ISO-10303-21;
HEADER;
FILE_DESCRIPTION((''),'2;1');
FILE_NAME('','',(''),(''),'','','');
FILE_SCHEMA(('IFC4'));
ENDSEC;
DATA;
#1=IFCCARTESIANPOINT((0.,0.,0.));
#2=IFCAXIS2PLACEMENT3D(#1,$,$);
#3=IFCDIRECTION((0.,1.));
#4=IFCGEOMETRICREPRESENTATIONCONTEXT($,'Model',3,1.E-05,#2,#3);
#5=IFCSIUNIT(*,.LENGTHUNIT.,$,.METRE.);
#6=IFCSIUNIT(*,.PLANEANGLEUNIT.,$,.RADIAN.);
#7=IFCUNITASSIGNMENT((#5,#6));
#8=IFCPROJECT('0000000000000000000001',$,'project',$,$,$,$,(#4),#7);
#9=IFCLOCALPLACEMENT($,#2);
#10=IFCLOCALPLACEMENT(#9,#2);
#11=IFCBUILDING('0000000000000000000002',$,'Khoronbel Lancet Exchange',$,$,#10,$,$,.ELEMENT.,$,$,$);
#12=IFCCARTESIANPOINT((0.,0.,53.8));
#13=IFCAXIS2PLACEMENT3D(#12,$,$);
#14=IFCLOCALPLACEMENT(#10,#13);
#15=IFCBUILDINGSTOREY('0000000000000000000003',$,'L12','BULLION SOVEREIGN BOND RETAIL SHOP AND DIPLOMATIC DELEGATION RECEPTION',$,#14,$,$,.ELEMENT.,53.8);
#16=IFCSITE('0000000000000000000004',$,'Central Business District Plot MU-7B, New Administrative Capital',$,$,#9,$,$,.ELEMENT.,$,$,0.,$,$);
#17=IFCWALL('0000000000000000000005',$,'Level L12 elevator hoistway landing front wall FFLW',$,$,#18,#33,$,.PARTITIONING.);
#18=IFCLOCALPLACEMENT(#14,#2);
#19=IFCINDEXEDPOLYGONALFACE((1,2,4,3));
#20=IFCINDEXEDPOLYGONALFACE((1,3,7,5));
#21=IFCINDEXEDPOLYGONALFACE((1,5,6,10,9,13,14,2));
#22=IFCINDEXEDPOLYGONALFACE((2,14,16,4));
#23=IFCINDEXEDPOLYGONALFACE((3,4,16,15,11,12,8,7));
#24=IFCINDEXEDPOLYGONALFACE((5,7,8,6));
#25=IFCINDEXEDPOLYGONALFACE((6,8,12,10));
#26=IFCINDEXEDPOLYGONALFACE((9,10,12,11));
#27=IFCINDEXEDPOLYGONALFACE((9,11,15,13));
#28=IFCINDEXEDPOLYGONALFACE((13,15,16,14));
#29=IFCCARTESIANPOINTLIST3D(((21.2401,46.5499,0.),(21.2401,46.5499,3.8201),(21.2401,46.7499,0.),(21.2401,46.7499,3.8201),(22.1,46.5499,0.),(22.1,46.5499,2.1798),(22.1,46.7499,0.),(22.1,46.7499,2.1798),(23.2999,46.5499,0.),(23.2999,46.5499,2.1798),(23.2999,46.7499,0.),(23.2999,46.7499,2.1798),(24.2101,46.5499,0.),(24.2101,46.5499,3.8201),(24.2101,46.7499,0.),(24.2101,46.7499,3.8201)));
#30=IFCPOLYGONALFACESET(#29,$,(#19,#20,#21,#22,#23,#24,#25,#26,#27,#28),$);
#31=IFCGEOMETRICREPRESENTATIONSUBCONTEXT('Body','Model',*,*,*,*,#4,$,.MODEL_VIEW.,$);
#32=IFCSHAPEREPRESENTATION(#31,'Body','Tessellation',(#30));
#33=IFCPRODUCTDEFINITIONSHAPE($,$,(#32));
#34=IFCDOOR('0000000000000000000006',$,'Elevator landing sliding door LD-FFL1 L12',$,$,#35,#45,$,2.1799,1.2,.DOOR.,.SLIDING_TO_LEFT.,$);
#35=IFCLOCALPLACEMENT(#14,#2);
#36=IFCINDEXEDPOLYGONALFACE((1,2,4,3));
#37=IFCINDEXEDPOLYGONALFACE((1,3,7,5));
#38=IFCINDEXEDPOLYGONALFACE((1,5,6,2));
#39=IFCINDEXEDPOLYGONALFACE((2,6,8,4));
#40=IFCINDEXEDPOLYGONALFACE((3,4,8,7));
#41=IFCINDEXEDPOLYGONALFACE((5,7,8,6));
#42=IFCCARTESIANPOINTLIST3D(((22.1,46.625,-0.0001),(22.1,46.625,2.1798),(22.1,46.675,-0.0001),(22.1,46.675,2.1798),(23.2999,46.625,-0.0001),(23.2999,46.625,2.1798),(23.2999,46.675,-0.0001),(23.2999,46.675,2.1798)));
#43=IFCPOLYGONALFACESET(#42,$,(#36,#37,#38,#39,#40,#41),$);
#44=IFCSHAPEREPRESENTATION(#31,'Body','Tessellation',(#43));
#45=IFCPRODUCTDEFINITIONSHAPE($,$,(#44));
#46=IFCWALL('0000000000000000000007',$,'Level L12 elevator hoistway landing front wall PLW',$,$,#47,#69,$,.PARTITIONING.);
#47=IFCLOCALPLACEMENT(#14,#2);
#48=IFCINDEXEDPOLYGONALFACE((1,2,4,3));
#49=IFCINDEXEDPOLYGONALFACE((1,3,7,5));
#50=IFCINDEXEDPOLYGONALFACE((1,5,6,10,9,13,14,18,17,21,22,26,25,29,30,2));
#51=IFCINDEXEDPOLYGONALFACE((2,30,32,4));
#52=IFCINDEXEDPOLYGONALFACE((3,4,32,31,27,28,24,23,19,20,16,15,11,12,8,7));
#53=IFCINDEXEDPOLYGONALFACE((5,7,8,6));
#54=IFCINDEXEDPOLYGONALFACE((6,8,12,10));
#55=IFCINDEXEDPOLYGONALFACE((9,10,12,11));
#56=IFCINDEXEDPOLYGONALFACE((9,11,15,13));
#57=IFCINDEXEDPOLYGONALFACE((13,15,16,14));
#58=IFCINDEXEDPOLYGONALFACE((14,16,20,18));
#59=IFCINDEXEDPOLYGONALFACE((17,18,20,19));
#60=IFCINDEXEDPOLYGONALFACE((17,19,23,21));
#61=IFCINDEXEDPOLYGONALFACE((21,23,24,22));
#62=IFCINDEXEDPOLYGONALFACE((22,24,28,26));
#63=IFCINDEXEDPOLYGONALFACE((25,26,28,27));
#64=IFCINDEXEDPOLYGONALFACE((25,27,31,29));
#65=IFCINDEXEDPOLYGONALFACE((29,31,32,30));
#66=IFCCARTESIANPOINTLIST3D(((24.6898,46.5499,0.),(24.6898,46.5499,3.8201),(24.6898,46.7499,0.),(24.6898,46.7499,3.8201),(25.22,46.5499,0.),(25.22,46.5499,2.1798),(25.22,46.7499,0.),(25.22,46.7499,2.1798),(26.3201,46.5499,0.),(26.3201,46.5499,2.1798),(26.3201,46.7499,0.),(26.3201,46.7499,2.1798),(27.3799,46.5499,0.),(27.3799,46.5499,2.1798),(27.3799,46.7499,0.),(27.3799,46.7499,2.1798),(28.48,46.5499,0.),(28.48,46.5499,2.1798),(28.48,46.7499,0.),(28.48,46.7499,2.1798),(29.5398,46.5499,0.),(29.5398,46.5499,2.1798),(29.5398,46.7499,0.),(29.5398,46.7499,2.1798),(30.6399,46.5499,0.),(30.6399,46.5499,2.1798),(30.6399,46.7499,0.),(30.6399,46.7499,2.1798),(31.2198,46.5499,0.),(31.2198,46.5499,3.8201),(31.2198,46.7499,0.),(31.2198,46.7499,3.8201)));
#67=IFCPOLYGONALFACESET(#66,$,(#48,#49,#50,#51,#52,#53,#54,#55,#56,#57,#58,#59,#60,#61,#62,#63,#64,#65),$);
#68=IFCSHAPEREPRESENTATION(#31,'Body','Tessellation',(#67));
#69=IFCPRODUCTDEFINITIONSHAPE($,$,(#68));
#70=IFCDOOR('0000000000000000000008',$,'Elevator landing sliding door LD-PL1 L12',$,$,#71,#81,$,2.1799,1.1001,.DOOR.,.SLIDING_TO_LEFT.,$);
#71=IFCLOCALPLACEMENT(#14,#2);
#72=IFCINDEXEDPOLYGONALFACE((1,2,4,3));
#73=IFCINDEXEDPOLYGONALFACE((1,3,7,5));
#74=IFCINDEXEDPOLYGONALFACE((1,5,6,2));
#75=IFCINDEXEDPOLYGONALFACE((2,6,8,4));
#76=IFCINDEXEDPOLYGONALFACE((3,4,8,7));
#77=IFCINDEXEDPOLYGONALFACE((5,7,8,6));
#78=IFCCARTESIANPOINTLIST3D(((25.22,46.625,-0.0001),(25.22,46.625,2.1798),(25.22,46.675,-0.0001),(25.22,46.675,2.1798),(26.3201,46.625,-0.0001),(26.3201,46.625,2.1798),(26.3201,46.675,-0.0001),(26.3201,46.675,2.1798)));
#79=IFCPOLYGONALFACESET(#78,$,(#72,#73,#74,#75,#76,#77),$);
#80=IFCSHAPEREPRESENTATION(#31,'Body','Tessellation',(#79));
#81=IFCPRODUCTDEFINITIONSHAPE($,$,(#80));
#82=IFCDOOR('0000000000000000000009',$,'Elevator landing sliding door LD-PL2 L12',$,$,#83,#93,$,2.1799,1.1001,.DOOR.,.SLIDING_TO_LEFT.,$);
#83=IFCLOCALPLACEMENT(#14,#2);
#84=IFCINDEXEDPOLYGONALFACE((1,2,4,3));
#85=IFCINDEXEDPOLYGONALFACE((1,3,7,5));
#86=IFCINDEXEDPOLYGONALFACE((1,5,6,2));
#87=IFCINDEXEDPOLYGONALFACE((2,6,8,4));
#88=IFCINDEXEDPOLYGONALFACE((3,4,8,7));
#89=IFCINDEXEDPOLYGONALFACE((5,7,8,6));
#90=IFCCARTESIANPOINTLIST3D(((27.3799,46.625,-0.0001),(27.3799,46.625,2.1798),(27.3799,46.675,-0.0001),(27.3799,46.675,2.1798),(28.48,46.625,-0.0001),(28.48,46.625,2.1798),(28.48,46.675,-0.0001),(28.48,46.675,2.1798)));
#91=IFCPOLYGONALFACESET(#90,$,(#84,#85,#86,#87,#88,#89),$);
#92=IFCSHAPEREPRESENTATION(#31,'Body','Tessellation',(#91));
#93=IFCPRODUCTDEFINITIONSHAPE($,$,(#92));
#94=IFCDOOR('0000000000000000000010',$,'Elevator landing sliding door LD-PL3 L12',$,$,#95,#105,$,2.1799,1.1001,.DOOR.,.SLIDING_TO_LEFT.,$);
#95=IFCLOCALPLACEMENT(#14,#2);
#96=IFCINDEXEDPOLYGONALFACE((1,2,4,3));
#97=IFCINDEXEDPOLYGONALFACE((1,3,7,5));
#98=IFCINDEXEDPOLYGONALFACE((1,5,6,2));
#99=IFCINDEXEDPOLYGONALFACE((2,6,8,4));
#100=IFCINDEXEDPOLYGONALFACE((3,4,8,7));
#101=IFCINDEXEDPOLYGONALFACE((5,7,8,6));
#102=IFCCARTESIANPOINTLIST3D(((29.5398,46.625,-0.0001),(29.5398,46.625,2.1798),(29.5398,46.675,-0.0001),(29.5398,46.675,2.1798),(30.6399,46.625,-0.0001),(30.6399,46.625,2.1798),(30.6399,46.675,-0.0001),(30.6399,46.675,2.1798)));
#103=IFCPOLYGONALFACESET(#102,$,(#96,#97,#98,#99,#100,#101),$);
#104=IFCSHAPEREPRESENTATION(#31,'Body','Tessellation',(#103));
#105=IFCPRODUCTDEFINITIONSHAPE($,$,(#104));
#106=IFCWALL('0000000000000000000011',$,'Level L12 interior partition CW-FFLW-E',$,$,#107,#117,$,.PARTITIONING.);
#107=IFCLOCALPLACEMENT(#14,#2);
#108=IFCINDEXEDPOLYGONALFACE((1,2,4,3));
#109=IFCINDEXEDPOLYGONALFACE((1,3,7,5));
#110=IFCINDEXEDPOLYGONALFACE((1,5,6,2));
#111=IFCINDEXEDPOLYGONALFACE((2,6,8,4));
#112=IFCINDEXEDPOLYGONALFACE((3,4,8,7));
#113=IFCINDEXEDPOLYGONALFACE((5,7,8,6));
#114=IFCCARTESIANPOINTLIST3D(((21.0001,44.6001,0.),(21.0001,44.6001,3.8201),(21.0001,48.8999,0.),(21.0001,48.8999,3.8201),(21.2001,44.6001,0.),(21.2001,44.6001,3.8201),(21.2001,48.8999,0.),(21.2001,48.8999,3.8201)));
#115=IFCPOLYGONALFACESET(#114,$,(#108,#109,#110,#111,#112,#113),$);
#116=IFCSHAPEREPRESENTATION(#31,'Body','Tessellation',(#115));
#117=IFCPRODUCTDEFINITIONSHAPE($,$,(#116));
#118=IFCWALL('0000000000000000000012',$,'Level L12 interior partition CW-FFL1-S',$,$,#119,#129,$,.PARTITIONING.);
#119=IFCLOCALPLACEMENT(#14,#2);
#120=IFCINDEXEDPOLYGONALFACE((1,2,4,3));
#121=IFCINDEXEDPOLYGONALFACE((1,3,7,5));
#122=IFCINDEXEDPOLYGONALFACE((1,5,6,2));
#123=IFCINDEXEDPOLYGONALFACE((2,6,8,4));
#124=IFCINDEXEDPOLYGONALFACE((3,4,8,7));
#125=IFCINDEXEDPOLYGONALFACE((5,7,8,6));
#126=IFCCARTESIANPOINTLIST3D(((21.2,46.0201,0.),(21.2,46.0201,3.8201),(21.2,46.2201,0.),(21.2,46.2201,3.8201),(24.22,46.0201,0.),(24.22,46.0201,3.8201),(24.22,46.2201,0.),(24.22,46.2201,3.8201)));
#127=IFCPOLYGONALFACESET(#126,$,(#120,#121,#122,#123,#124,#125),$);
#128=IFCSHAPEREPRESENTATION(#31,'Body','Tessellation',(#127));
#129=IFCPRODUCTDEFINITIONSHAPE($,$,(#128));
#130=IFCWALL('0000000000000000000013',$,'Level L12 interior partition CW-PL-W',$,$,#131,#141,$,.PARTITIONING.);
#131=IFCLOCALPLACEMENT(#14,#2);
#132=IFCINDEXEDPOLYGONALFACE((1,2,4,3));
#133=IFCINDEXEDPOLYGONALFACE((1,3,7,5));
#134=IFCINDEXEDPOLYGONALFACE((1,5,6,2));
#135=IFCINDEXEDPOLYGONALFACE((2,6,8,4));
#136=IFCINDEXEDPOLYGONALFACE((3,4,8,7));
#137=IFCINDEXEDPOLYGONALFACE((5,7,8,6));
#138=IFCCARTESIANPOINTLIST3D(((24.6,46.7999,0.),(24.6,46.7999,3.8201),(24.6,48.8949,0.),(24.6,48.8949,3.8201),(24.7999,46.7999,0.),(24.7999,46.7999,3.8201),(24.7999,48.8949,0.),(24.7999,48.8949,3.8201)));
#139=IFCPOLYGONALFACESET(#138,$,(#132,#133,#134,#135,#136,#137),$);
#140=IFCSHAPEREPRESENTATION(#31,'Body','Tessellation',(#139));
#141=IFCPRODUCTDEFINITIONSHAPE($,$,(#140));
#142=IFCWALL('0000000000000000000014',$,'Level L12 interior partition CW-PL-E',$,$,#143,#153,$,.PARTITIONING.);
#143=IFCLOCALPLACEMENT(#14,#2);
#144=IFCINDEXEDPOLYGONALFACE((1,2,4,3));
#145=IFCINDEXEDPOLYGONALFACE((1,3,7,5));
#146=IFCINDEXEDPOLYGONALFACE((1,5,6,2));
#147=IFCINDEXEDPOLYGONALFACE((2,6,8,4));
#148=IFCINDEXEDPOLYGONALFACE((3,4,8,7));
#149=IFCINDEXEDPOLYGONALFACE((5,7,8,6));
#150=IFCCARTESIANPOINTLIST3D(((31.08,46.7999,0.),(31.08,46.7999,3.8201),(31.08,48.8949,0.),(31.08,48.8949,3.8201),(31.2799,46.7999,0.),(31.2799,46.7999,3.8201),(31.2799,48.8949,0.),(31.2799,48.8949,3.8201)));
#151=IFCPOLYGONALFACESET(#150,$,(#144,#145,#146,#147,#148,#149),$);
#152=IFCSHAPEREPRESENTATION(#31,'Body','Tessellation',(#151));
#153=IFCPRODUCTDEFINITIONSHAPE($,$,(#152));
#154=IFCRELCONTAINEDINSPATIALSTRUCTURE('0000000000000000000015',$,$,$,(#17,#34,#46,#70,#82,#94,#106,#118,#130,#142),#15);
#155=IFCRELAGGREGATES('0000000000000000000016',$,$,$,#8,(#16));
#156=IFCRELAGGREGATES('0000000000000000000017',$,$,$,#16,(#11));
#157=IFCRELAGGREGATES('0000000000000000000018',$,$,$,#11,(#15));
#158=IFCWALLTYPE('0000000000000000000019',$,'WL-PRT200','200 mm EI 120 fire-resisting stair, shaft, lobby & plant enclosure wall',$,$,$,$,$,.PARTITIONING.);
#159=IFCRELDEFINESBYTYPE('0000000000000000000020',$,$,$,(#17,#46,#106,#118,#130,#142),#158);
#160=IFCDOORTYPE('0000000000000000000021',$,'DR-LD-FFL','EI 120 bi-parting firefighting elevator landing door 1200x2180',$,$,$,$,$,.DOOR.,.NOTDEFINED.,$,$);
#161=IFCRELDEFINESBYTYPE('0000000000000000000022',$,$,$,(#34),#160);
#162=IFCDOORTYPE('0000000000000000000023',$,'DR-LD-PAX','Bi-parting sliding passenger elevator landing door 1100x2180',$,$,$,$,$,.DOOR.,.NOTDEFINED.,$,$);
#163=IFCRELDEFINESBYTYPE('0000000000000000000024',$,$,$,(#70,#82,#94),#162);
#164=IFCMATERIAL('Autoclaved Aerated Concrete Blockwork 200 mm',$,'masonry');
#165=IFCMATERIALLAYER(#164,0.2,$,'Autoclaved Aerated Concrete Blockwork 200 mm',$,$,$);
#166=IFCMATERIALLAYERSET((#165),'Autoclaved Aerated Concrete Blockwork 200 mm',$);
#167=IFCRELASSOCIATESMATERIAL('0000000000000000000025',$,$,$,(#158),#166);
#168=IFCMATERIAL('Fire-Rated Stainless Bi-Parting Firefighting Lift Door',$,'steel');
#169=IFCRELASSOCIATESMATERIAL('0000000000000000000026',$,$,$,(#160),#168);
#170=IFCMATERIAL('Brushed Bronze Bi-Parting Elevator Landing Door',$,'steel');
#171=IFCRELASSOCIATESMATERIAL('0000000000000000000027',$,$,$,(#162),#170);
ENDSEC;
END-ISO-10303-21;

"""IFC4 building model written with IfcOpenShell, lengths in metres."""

from ifc_helpers import new_model, si_unit, direction, frame, frame_2d, origin, place, context, subcontext, project, spatial, rectangle, extrude, material, layer, layer_set, type_object, element, fill, save


model = new_model("IFC4")

# Units and contexts
model_context = context("Model", 3, precision=1e-05, world=origin(), true_north=direction((0.0, 1.0)))
body_context = subcontext(model_context, "Body", "Model", "MODEL_VIEW")
ifc_project = project(units=[si_unit("LENGTHUNIT", "METRE"), si_unit("PLANEANGLEUNIT", "RADIAN")], contexts=[model_context])

# Site, building, storey
site_placement = place(None, origin())
site = spatial("IfcSite", under=ifc_project, at=site_placement, Name="Central Business District Plot MU-7B, New Administrative Capital", CompositionType="ELEMENT", RefElevation=0.0)
building_placement = place(site_placement, origin())
building = spatial("IfcBuilding", under=site, at=building_placement, Name="Khoronbel Lancet Exchange", CompositionType="ELEMENT")
storey_placement = place(building_placement, frame((0.0, 0.0, 53.8)))
storey = spatial("IfcBuildingStorey", under=building, at=storey_placement, Name="L12", Description="BULLION SOVEREIGN BOND RETAIL SHOP AND DIPLOMATIC DELEGATION RECEPTION", CompositionType="ELEMENT", Elevation=53.8)

# Wall, opening, door
ifc_material_1 = material(Name="Autoclaved Aerated Concrete Blockwork 200 mm", Category="masonry")
ifc_layer_1 = layer(ifc_material_1, 0.2, Name="Autoclaved Aerated Concrete Blockwork 200 mm")
ifc_layer_set_1 = layer_set([ifc_layer_1], Name="Autoclaved Aerated Concrete Blockwork 200 mm")
wall_type_1 = type_object("IfcWallType", Name="WL-PRT200", Description="200 mm EI 120 fire-resisting stair, shaft, lobby & plant enclosure wall", PredefinedType="PARTITIONING", material=ifc_layer_set_1)
wall_1_placement = place(storey_placement, frame((24.21, 46.6499, 0.0), z_axis=(0.0, 0.0, 1.0), x_axis=(-1.0, 0.0, 0.0)))
wall_1 = element("IfcWall", 1, at=wall_1_placement, inside=storey, type_object=wall_type_1, Name="Level L12 elevator hoistway landing front wall FFLW", PredefinedType="PARTITIONING", context=body_context, shape_type="SweptSolid", body=[
    extrude(rectangle(XDim=2.97, YDim=0.2, at=frame_2d((1.4849, 0.0))), origin(), (0.0, 0.0, 1.0), 3.8201),
])
opening_1_placement = place(wall_1_placement, frame((0.9099, 0.0, 0.0)))
opening_1 = element("IfcOpeningElement", 2, at=opening_1_placement, cuts=wall_1, PredefinedType="OPENING", context=body_context, shape_type="SweptSolid", body=[
    extrude(rectangle(XDim=1.2, YDim=2.1799, at=frame_2d((0.6001, 1.0898))), frame((0.0, 0.1099, 0.0), z_axis=(0.0, -1.0, 0.0), x_axis=(1.0, 0.0, 0.0)), (0.0, 0.0, 1.0), 0.22),
])
ifc_material_2 = material(Name="Fire-Rated Stainless Bi-Parting Firefighting Lift Door", Category="steel")
door_type_1 = type_object("IfcDoorType", Name="DR-LD-FFL", Description="EI 120 bi-parting firefighting elevator landing door 1200x2180", OperationType="NOTDEFINED", PredefinedType="DOOR", material=ifc_material_2)
door_1_placement = place(opening_1_placement, origin())
door_1 = element("IfcDoor", 3, at=door_1_placement, inside=storey, type_object=door_type_1, Name="Elevator landing sliding door LD-FFL1 L12", OperationType="SLIDING_TO_LEFT", OverallHeight=2.1799, OverallWidth=1.2, PredefinedType="DOOR", context=body_context, shape_type="SweptSolid", body=[
    extrude(rectangle(XDim=1.2, YDim=2.1799, at=frame_2d((0.6001, 1.0898))), frame((0.0, 0.0249, 0.0), z_axis=(0.0, -1.0, 0.0), x_axis=(1.0, 0.0, 0.0)), (0.0, 0.0, 1.0), 0.05),
])
fill(opening_1, door_1)

# Wall, openings, doors
wall_2_placement = place(storey_placement, frame((31.22, 46.6499, 0.0), z_axis=(0.0, 0.0, 1.0), x_axis=(-1.0, 0.0, 0.0)))
wall_2 = element("IfcWall", 4, at=wall_2_placement, inside=storey, type_object=wall_type_1, Name="Level L12 elevator hoistway landing front wall PLW", PredefinedType="PARTITIONING", context=body_context, shape_type="SweptSolid", body=[
    extrude(rectangle(XDim=6.53, YDim=0.2, at=frame_2d((3.2651, 0.0))), origin(), (0.0, 0.0, 1.0), 3.8201),
])
opening_2_placement = place(wall_2_placement, frame((4.8999, 0.0, 0.0)))
opening_2 = element("IfcOpeningElement", 5, at=opening_2_placement, cuts=wall_2, PredefinedType="OPENING", context=body_context, shape_type="SweptSolid", body=[
    extrude(rectangle(XDim=1.1001, YDim=2.1799, at=frame_2d((0.55, 1.0898))), frame((0.0, 0.1099, 0.0), z_axis=(0.0, -1.0, 0.0), x_axis=(1.0, 0.0, 0.0)), (0.0, 0.0, 1.0), 0.22),
])
opening_3_placement = place(wall_2_placement, frame((2.74, 0.0, 0.0)))
opening_3 = element("IfcOpeningElement", 6, at=opening_3_placement, cuts=wall_2, PredefinedType="OPENING", context=body_context, shape_type="SweptSolid", body=[
    extrude(rectangle(XDim=1.1001, YDim=2.1799, at=frame_2d((0.55, 1.0898))), frame((0.0, 0.1099, 0.0), z_axis=(0.0, -1.0, 0.0), x_axis=(1.0, 0.0, 0.0)), (0.0, 0.0, 1.0), 0.22),
])
opening_4_placement = place(wall_2_placement, frame((0.5801, 0.0, 0.0)))
opening_4 = element("IfcOpeningElement", 7, at=opening_4_placement, cuts=wall_2, PredefinedType="OPENING", context=body_context, shape_type="SweptSolid", body=[
    extrude(rectangle(XDim=1.1001, YDim=2.1799, at=frame_2d((0.55, 1.0898))), frame((0.0, 0.1099, 0.0), z_axis=(0.0, -1.0, 0.0), x_axis=(1.0, 0.0, 0.0)), (0.0, 0.0, 1.0), 0.22),
])
ifc_material_3 = material(Name="Brushed Bronze Bi-Parting Elevator Landing Door", Category="steel")
door_type_2 = type_object("IfcDoorType", Name="DR-LD-PAX", Description="Bi-parting sliding passenger elevator landing door 1100x2180", OperationType="NOTDEFINED", PredefinedType="DOOR", material=ifc_material_3)
door_2_placement = place(opening_2_placement, origin())
door_2 = element("IfcDoor", 8, at=door_2_placement, inside=storey, type_object=door_type_2, Name="Elevator landing sliding door LD-PL1 L12", OperationType="SLIDING_TO_LEFT", OverallHeight=2.1799, OverallWidth=1.1001, PredefinedType="DOOR", context=body_context, shape_type="SweptSolid", body=[
    extrude(rectangle(XDim=1.1001, YDim=2.1799, at=frame_2d((0.55, 1.0898))), frame((0.0, 0.0249, 0.0), z_axis=(0.0, -1.0, 0.0), x_axis=(1.0, 0.0, 0.0)), (0.0, 0.0, 1.0), 0.05),
])
fill(opening_2, door_2)
door_3_placement = place(opening_3_placement, origin())
door_3 = element("IfcDoor", 9, at=door_3_placement, inside=storey, type_object=door_type_2, Name="Elevator landing sliding door LD-PL2 L12", OperationType="SLIDING_TO_LEFT", OverallHeight=2.1799, OverallWidth=1.1001, PredefinedType="DOOR", context=body_context, shape_type="SweptSolid", body=[
    extrude(rectangle(XDim=1.1001, YDim=2.1799, at=frame_2d((0.55, 1.0898))), frame((0.0, 0.0249, 0.0), z_axis=(0.0, -1.0, 0.0), x_axis=(1.0, 0.0, 0.0)), (0.0, 0.0, 1.0), 0.05),
])
fill(opening_3, door_3)
door_4_placement = place(opening_4_placement, origin())
door_4 = element("IfcDoor", 10, at=door_4_placement, inside=storey, type_object=door_type_2, Name="Elevator landing sliding door LD-PL3 L12", OperationType="SLIDING_TO_LEFT", OverallHeight=2.1799, OverallWidth=1.1001, PredefinedType="DOOR", context=body_context, shape_type="SweptSolid", body=[
    extrude(rectangle(XDim=1.1001, YDim=2.1799, at=frame_2d((0.55, 1.0898))), frame((0.0, 0.0249, 0.0), z_axis=(0.0, -1.0, 0.0), x_axis=(1.0, 0.0, 0.0)), (0.0, 0.0, 1.0), 0.05),
])
fill(opening_4, door_4)

# Walls
wall_3_placement = place(storey_placement, frame((21.1001, 44.6001, 0.0), z_axis=(0.0, 0.0, 1.0), x_axis=(0.0, 1.0, 0.0)))
element("IfcWall", 11, at=wall_3_placement, inside=storey, type_object=wall_type_1, Name="Level L12 interior partition CW-FFLW-E", PredefinedType="PARTITIONING", context=body_context, shape_type="SweptSolid", body=[
    extrude(rectangle(XDim=4.2998, YDim=0.2, at=frame_2d((2.1499, 0.0))), origin(), (0.0, 0.0, 1.0), 3.8201),
])
wall_4_placement = place(storey_placement, frame((21.2, 46.1201, 0.0), z_axis=(0.0, 0.0, 1.0), x_axis=(1.0, 0.0, 0.0)))
element("IfcWall", 12, at=wall_4_placement, inside=storey, type_object=wall_type_1, Name="Level L12 interior partition CW-FFL1-S", PredefinedType="PARTITIONING", context=body_context, shape_type="SweptSolid", body=[
    extrude(rectangle(XDim=3.02, YDim=0.2, at=frame_2d((1.51, 0.0))), origin(), (0.0, 0.0, 1.0), 3.8201),
])
for number, where, z_axis, x_axis, name in (
    (13, (24.7, 46.8, 0.0), (0.0, 0.0, 1.0), (0.0, 1.0, 0.0), "Level L12 interior partition CW-PL-W"),
    (14, (31.1799, 46.8, 0.0), (0.0, 0.0, 1.0), (0.0, 1.0, 0.0), "Level L12 interior partition CW-PL-E"),
):
    element("IfcWall", number, at=place(storey_placement, frame(where, z_axis=z_axis, x_axis=x_axis)), inside=storey, type_object=wall_type_1, Name=name, PredefinedType="PARTITIONING", context=body_context, shape_type="SweptSolid", body=[
        extrude(rectangle(XDim=2.095, YDim=0.2, at=frame_2d((1.0474, 0.0))), origin(), (0.0, 0.0, 1.0), 3.8201),
    ])

save(model, "model.ifc")
